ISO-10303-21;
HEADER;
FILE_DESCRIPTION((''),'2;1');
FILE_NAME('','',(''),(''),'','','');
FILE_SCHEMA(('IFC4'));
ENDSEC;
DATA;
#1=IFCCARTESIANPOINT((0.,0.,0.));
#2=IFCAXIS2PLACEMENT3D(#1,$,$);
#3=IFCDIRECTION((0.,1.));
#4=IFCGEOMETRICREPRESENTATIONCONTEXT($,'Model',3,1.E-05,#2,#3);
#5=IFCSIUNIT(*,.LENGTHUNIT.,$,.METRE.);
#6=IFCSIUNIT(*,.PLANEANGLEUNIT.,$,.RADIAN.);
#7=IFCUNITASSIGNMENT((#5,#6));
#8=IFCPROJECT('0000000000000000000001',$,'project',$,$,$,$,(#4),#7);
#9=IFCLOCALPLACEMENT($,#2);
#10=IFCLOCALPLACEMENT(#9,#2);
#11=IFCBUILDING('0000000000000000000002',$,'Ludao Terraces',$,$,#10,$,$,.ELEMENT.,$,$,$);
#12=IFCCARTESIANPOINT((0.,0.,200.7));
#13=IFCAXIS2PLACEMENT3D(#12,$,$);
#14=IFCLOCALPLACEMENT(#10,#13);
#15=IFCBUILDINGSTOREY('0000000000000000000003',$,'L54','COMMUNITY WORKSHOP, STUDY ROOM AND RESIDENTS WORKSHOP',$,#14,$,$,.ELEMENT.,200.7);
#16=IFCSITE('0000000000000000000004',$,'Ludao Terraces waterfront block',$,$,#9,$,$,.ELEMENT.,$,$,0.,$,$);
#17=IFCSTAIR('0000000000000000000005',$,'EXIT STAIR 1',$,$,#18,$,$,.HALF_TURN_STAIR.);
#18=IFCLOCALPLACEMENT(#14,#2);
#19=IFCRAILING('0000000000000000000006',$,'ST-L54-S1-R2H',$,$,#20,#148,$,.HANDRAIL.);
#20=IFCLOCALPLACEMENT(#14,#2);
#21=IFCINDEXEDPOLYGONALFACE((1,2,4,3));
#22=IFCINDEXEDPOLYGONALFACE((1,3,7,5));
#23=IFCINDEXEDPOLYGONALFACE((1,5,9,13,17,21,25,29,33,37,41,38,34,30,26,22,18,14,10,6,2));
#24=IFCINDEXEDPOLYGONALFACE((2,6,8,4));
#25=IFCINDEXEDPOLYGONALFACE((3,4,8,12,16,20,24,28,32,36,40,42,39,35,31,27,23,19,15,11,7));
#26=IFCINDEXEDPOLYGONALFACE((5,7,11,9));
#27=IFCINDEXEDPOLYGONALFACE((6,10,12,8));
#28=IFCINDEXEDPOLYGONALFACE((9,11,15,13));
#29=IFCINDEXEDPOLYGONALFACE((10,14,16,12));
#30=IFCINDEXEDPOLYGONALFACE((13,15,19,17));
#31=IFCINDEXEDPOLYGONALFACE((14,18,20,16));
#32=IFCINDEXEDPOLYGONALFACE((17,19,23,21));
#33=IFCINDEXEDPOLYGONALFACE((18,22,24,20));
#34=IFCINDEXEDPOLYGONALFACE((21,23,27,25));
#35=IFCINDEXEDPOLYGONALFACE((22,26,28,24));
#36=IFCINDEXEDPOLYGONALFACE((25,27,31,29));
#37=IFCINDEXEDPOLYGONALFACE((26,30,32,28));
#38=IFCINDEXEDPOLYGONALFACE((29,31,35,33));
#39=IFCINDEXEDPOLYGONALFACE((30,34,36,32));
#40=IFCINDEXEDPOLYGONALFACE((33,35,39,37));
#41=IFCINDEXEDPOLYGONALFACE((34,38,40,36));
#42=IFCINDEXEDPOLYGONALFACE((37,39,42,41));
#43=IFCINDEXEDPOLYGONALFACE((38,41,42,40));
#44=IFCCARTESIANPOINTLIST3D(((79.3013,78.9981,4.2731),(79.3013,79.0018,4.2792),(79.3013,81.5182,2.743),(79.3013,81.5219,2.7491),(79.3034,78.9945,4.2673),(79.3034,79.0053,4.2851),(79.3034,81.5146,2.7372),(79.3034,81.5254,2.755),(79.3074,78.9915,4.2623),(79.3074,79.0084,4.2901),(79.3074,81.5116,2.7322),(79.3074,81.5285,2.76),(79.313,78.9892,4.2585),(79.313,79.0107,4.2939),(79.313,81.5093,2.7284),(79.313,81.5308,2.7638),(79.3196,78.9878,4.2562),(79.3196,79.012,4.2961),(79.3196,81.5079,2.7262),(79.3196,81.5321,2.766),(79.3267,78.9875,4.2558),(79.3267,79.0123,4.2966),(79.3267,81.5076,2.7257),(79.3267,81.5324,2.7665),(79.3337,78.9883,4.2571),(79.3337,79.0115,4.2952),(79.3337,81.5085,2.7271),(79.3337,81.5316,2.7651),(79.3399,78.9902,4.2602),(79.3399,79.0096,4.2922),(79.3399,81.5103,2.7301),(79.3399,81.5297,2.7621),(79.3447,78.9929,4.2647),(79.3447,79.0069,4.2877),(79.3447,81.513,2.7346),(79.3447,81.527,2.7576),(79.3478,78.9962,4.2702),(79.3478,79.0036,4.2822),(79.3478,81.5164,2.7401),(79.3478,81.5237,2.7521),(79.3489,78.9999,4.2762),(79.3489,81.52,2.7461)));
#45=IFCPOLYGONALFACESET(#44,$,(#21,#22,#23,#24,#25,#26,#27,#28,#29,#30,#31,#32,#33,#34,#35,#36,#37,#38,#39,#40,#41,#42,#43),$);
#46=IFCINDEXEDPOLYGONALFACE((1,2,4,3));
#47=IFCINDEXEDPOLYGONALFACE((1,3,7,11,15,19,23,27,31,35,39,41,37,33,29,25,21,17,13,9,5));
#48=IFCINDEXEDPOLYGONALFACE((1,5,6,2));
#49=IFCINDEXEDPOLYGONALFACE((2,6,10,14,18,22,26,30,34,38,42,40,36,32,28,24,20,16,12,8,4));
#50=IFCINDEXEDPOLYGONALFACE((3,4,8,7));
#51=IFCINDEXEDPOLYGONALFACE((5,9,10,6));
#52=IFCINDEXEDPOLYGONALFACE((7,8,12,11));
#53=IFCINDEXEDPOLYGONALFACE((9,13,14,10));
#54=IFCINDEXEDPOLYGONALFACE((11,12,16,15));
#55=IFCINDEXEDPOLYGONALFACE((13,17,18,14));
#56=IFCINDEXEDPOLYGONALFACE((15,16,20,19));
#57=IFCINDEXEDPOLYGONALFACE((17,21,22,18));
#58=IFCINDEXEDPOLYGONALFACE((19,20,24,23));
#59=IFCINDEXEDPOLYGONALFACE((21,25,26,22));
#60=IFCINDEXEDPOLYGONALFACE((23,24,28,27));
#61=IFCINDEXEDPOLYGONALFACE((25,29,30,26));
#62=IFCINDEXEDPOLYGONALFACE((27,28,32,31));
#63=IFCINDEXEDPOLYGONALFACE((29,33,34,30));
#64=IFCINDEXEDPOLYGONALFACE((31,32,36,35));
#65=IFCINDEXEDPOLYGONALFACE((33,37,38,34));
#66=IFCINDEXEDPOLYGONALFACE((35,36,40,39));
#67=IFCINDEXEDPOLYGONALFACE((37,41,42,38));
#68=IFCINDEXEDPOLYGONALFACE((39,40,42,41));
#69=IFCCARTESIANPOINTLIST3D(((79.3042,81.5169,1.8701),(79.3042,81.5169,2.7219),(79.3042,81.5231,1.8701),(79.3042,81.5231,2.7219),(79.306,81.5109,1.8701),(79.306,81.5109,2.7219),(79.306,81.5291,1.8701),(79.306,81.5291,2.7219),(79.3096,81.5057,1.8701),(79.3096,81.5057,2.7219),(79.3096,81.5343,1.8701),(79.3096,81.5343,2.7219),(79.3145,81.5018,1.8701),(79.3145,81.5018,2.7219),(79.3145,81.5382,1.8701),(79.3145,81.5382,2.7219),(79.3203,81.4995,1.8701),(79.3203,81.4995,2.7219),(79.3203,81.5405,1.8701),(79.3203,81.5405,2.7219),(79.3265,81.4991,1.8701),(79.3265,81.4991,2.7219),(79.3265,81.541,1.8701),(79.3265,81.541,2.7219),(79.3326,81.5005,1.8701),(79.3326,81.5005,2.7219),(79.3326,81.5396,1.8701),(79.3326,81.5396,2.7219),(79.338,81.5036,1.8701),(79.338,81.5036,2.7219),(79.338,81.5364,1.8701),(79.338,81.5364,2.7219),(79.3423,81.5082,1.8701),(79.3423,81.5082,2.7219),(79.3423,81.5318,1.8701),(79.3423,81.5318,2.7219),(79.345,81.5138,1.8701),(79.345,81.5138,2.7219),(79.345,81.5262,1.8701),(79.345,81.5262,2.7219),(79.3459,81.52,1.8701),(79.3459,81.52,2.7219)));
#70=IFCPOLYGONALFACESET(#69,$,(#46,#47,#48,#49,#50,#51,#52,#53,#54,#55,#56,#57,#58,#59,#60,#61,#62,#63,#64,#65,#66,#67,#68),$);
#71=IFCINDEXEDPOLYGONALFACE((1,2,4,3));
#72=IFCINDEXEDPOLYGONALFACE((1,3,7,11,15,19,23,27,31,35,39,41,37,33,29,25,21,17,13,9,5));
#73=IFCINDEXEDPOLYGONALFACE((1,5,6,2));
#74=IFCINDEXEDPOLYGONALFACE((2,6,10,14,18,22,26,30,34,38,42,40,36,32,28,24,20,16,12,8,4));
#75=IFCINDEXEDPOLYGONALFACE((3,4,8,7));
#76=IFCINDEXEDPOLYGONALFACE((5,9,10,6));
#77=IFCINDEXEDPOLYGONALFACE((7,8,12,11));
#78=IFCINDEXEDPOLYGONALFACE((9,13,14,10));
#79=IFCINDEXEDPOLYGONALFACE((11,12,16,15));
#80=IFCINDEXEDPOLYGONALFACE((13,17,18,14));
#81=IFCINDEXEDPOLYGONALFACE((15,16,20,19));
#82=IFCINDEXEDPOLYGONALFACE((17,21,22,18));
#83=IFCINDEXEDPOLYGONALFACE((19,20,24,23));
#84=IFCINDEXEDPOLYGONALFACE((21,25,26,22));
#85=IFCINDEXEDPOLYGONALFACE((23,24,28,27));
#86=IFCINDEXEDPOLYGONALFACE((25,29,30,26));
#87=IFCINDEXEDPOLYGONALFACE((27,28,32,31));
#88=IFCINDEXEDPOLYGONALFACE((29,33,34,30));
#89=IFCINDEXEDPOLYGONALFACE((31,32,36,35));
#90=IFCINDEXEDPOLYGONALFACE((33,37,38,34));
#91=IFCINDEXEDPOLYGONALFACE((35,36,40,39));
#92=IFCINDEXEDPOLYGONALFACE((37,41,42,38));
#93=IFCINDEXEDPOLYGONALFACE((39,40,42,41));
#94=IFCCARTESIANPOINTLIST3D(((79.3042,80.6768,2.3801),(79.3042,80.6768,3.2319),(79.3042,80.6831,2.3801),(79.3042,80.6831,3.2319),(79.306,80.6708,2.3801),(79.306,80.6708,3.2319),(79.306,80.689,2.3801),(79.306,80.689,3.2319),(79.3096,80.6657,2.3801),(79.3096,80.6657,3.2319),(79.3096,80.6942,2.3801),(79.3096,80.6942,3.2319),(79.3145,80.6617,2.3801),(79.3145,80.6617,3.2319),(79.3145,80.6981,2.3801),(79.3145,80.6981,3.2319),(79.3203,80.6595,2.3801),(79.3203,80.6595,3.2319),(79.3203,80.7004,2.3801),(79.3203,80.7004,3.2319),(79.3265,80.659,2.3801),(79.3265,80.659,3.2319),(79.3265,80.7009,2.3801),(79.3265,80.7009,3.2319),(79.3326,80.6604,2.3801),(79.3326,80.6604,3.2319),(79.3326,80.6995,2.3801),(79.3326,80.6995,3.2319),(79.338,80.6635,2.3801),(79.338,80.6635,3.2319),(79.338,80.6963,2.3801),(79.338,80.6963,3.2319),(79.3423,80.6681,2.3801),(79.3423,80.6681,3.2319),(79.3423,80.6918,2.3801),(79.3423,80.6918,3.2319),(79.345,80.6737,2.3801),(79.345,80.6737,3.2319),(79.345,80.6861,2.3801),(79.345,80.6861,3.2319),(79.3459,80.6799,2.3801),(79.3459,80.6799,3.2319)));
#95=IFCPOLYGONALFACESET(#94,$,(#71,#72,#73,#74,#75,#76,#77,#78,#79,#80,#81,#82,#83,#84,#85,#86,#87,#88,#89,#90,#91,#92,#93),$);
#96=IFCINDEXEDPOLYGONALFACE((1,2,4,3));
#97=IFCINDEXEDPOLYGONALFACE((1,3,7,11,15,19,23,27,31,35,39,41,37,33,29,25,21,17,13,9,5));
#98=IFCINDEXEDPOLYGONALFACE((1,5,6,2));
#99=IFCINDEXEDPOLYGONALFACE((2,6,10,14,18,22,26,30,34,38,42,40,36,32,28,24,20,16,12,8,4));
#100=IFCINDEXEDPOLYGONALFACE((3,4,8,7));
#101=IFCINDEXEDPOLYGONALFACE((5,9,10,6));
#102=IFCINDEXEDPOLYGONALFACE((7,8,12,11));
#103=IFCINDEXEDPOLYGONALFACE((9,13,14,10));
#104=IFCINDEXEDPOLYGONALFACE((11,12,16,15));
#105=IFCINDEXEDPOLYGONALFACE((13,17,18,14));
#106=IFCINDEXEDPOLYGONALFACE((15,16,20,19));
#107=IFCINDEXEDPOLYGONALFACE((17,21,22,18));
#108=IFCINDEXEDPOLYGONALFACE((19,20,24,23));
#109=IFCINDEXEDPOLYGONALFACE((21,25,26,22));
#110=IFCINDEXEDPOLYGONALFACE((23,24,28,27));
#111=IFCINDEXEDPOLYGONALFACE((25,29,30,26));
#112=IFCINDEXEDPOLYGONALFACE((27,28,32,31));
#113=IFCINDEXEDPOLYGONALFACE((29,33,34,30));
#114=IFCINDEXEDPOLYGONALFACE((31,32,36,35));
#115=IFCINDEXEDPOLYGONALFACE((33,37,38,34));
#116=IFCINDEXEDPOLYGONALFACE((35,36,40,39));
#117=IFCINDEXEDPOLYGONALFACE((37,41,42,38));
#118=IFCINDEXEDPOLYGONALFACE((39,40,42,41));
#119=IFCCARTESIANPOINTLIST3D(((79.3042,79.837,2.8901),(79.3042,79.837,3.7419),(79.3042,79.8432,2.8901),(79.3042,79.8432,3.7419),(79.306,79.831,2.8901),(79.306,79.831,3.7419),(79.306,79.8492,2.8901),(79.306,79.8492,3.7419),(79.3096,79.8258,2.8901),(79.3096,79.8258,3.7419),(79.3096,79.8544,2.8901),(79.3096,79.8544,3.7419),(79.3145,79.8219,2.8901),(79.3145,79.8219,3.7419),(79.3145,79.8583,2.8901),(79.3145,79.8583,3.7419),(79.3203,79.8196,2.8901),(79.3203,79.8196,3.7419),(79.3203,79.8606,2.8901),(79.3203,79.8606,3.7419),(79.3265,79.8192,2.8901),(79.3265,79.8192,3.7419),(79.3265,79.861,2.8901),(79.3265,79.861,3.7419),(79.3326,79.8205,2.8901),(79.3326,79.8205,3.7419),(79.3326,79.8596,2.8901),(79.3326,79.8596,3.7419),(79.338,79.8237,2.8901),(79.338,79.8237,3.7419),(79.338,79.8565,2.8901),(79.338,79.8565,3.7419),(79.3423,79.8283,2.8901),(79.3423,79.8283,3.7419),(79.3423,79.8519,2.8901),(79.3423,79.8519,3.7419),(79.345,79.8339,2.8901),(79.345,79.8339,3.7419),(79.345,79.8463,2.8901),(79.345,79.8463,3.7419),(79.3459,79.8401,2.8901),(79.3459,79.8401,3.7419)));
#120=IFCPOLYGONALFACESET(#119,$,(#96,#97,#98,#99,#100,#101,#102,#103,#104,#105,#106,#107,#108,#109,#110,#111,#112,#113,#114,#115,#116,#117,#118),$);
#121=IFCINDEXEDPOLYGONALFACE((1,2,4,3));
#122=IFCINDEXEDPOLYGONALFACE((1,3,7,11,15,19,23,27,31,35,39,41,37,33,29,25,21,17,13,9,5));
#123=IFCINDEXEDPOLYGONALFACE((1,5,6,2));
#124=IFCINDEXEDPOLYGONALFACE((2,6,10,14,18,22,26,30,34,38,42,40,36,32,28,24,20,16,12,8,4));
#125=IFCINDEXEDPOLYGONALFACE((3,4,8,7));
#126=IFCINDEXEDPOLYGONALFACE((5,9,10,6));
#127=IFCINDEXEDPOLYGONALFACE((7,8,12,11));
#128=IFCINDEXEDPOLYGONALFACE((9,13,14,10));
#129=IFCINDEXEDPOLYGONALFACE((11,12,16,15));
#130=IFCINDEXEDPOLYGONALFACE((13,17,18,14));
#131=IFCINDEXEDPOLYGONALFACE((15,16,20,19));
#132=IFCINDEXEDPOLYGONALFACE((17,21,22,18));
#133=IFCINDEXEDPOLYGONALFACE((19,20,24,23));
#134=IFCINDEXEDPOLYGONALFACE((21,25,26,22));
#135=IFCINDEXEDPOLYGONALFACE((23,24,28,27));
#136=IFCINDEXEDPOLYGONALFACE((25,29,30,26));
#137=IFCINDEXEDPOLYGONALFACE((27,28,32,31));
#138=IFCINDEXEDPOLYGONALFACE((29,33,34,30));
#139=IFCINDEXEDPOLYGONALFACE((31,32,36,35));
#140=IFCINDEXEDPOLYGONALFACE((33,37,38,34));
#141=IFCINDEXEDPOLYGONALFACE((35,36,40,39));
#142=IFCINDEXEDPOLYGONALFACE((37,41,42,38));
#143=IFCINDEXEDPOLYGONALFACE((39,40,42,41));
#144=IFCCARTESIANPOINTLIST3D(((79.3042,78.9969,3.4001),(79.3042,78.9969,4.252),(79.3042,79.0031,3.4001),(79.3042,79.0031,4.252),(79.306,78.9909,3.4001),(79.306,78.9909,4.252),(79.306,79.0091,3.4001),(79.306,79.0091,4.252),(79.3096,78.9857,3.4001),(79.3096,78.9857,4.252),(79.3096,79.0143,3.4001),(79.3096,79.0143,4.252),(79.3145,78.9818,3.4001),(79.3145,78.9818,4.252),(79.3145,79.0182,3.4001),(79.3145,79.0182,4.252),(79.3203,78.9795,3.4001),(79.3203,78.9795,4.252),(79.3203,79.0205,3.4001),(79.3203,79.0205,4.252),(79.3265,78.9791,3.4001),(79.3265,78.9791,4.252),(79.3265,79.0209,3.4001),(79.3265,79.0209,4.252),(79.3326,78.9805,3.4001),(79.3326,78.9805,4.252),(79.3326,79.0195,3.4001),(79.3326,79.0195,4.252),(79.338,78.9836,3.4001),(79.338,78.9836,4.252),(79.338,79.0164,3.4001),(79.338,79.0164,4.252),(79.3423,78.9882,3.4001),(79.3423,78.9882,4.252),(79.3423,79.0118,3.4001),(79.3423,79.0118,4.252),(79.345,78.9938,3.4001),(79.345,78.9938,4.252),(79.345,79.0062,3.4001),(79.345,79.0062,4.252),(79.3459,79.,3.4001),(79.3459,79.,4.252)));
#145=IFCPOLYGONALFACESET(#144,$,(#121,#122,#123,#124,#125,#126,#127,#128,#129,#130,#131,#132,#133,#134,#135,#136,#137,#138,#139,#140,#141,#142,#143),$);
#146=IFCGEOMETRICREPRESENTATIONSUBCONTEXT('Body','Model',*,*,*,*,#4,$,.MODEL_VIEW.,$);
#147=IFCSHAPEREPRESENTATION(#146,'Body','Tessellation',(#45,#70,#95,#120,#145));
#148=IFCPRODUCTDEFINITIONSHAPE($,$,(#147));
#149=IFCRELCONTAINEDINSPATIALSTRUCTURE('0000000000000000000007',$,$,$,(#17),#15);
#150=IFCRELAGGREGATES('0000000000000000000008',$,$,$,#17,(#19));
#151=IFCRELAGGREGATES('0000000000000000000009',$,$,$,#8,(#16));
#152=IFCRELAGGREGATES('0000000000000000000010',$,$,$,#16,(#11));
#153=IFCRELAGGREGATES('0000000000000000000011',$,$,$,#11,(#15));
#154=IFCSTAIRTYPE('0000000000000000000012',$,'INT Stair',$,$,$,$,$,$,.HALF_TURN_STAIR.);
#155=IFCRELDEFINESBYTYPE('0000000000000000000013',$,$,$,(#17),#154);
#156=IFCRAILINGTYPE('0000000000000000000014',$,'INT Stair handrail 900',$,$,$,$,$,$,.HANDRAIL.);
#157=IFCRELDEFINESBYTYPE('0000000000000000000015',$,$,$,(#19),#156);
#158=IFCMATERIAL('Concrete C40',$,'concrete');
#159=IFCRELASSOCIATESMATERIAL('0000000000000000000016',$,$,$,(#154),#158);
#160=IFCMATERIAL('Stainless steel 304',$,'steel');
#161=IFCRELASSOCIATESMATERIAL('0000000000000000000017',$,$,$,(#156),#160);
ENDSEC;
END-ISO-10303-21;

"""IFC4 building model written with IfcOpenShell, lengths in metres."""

from ifc_helpers import new_model, si_unit, direction, frame, origin, origin_2d, place, context, subcontext, project, spatial, circle, extrude, material, type_object, element, aggregate, save


model = new_model("IFC4")

# Units and contexts
model_context = context("Model", 3, precision=1e-05, world=origin(), true_north=direction((0.0, 1.0)))
body_context = subcontext(model_context, "Body", "Model", "MODEL_VIEW")
ifc_project = project(units=[si_unit("LENGTHUNIT", "METRE"), si_unit("PLANEANGLEUNIT", "RADIAN")], contexts=[model_context])

# Site, building, storey
site_placement = place(None, origin())
site = spatial("IfcSite", under=ifc_project, at=site_placement, Name="Ludao Terraces waterfront block", CompositionType="ELEMENT", RefElevation=0.0)
building_placement = place(site_placement, origin())
building = spatial("IfcBuilding", under=site, at=building_placement, Name="Ludao Terraces", CompositionType="ELEMENT")
storey_placement = place(building_placement, frame((0.0, 0.0, 200.7)))
storey = spatial("IfcBuildingStorey", under=building, at=storey_placement, Name="L54", Description="COMMUNITY WORKSHOP, STUDY ROOM AND RESIDENTS WORKSHOP", CompositionType="ELEMENT", Elevation=200.7)

# Shared definitions
ifc_material_1 = material(Name="Stainless steel 304", Category="steel")

# Stair, railing
ifc_material_2 = material(Name="Concrete C40", Category="concrete")
stair_type = type_object("IfcStairType", Name="INT Stair", PredefinedType="HALF_TURN_STAIR", material=ifc_material_2)
stair_placement = place(storey_placement, origin())
stair = element("IfcStair", 1, at=stair_placement, inside=storey, type_object=stair_type, Name="EXIT STAIR 1", PredefinedType="HALF_TURN_STAIR")
railing_type_1 = type_object("IfcRailingType", Name="INT Stair handrail 900", PredefinedType="HANDRAIL", material=ifc_material_1)
railing_1_placement = place(storey_placement, frame((79.325, 81.52, 1.8701)))
railing_1 = element("IfcRailing", 2, at=railing_1_placement, type_object=railing_type_1, Name="ST-L54-S1-R2H", PredefinedType="HANDRAIL", context=body_context, shape_type="SweptSolid", body=[
    extrude(circle(Radius=0.0239, at=origin_2d()), frame((0.0, 0.0, 0.876), z_axis=(0.0, -0.854785, 0.518982), x_axis=(1.0, 0.0, 0.0)), (0.0, 0.0, 1.0), 2.9482),
    extrude(circle(Radius=0.021, at=origin_2d()), origin(), (0.0, 0.0, 1.0), 0.8518),
    extrude(circle(Radius=0.021, at=origin_2d()), frame((0.0, -0.8401, 0.51)), (0.0, 0.0, 1.0), 0.8518),
    extrude(circle(Radius=0.021, at=origin_2d()), frame((0.0, -1.6799, 1.02)), (0.0, 0.0, 1.0), 0.8518),
    extrude(circle(Radius=0.021, at=origin_2d()), frame((0.0, -2.52, 1.53)), (0.0, 0.0, 1.0), 0.8518),
])
aggregate(stair, [railing_1])

save(model, "model.ifc")
